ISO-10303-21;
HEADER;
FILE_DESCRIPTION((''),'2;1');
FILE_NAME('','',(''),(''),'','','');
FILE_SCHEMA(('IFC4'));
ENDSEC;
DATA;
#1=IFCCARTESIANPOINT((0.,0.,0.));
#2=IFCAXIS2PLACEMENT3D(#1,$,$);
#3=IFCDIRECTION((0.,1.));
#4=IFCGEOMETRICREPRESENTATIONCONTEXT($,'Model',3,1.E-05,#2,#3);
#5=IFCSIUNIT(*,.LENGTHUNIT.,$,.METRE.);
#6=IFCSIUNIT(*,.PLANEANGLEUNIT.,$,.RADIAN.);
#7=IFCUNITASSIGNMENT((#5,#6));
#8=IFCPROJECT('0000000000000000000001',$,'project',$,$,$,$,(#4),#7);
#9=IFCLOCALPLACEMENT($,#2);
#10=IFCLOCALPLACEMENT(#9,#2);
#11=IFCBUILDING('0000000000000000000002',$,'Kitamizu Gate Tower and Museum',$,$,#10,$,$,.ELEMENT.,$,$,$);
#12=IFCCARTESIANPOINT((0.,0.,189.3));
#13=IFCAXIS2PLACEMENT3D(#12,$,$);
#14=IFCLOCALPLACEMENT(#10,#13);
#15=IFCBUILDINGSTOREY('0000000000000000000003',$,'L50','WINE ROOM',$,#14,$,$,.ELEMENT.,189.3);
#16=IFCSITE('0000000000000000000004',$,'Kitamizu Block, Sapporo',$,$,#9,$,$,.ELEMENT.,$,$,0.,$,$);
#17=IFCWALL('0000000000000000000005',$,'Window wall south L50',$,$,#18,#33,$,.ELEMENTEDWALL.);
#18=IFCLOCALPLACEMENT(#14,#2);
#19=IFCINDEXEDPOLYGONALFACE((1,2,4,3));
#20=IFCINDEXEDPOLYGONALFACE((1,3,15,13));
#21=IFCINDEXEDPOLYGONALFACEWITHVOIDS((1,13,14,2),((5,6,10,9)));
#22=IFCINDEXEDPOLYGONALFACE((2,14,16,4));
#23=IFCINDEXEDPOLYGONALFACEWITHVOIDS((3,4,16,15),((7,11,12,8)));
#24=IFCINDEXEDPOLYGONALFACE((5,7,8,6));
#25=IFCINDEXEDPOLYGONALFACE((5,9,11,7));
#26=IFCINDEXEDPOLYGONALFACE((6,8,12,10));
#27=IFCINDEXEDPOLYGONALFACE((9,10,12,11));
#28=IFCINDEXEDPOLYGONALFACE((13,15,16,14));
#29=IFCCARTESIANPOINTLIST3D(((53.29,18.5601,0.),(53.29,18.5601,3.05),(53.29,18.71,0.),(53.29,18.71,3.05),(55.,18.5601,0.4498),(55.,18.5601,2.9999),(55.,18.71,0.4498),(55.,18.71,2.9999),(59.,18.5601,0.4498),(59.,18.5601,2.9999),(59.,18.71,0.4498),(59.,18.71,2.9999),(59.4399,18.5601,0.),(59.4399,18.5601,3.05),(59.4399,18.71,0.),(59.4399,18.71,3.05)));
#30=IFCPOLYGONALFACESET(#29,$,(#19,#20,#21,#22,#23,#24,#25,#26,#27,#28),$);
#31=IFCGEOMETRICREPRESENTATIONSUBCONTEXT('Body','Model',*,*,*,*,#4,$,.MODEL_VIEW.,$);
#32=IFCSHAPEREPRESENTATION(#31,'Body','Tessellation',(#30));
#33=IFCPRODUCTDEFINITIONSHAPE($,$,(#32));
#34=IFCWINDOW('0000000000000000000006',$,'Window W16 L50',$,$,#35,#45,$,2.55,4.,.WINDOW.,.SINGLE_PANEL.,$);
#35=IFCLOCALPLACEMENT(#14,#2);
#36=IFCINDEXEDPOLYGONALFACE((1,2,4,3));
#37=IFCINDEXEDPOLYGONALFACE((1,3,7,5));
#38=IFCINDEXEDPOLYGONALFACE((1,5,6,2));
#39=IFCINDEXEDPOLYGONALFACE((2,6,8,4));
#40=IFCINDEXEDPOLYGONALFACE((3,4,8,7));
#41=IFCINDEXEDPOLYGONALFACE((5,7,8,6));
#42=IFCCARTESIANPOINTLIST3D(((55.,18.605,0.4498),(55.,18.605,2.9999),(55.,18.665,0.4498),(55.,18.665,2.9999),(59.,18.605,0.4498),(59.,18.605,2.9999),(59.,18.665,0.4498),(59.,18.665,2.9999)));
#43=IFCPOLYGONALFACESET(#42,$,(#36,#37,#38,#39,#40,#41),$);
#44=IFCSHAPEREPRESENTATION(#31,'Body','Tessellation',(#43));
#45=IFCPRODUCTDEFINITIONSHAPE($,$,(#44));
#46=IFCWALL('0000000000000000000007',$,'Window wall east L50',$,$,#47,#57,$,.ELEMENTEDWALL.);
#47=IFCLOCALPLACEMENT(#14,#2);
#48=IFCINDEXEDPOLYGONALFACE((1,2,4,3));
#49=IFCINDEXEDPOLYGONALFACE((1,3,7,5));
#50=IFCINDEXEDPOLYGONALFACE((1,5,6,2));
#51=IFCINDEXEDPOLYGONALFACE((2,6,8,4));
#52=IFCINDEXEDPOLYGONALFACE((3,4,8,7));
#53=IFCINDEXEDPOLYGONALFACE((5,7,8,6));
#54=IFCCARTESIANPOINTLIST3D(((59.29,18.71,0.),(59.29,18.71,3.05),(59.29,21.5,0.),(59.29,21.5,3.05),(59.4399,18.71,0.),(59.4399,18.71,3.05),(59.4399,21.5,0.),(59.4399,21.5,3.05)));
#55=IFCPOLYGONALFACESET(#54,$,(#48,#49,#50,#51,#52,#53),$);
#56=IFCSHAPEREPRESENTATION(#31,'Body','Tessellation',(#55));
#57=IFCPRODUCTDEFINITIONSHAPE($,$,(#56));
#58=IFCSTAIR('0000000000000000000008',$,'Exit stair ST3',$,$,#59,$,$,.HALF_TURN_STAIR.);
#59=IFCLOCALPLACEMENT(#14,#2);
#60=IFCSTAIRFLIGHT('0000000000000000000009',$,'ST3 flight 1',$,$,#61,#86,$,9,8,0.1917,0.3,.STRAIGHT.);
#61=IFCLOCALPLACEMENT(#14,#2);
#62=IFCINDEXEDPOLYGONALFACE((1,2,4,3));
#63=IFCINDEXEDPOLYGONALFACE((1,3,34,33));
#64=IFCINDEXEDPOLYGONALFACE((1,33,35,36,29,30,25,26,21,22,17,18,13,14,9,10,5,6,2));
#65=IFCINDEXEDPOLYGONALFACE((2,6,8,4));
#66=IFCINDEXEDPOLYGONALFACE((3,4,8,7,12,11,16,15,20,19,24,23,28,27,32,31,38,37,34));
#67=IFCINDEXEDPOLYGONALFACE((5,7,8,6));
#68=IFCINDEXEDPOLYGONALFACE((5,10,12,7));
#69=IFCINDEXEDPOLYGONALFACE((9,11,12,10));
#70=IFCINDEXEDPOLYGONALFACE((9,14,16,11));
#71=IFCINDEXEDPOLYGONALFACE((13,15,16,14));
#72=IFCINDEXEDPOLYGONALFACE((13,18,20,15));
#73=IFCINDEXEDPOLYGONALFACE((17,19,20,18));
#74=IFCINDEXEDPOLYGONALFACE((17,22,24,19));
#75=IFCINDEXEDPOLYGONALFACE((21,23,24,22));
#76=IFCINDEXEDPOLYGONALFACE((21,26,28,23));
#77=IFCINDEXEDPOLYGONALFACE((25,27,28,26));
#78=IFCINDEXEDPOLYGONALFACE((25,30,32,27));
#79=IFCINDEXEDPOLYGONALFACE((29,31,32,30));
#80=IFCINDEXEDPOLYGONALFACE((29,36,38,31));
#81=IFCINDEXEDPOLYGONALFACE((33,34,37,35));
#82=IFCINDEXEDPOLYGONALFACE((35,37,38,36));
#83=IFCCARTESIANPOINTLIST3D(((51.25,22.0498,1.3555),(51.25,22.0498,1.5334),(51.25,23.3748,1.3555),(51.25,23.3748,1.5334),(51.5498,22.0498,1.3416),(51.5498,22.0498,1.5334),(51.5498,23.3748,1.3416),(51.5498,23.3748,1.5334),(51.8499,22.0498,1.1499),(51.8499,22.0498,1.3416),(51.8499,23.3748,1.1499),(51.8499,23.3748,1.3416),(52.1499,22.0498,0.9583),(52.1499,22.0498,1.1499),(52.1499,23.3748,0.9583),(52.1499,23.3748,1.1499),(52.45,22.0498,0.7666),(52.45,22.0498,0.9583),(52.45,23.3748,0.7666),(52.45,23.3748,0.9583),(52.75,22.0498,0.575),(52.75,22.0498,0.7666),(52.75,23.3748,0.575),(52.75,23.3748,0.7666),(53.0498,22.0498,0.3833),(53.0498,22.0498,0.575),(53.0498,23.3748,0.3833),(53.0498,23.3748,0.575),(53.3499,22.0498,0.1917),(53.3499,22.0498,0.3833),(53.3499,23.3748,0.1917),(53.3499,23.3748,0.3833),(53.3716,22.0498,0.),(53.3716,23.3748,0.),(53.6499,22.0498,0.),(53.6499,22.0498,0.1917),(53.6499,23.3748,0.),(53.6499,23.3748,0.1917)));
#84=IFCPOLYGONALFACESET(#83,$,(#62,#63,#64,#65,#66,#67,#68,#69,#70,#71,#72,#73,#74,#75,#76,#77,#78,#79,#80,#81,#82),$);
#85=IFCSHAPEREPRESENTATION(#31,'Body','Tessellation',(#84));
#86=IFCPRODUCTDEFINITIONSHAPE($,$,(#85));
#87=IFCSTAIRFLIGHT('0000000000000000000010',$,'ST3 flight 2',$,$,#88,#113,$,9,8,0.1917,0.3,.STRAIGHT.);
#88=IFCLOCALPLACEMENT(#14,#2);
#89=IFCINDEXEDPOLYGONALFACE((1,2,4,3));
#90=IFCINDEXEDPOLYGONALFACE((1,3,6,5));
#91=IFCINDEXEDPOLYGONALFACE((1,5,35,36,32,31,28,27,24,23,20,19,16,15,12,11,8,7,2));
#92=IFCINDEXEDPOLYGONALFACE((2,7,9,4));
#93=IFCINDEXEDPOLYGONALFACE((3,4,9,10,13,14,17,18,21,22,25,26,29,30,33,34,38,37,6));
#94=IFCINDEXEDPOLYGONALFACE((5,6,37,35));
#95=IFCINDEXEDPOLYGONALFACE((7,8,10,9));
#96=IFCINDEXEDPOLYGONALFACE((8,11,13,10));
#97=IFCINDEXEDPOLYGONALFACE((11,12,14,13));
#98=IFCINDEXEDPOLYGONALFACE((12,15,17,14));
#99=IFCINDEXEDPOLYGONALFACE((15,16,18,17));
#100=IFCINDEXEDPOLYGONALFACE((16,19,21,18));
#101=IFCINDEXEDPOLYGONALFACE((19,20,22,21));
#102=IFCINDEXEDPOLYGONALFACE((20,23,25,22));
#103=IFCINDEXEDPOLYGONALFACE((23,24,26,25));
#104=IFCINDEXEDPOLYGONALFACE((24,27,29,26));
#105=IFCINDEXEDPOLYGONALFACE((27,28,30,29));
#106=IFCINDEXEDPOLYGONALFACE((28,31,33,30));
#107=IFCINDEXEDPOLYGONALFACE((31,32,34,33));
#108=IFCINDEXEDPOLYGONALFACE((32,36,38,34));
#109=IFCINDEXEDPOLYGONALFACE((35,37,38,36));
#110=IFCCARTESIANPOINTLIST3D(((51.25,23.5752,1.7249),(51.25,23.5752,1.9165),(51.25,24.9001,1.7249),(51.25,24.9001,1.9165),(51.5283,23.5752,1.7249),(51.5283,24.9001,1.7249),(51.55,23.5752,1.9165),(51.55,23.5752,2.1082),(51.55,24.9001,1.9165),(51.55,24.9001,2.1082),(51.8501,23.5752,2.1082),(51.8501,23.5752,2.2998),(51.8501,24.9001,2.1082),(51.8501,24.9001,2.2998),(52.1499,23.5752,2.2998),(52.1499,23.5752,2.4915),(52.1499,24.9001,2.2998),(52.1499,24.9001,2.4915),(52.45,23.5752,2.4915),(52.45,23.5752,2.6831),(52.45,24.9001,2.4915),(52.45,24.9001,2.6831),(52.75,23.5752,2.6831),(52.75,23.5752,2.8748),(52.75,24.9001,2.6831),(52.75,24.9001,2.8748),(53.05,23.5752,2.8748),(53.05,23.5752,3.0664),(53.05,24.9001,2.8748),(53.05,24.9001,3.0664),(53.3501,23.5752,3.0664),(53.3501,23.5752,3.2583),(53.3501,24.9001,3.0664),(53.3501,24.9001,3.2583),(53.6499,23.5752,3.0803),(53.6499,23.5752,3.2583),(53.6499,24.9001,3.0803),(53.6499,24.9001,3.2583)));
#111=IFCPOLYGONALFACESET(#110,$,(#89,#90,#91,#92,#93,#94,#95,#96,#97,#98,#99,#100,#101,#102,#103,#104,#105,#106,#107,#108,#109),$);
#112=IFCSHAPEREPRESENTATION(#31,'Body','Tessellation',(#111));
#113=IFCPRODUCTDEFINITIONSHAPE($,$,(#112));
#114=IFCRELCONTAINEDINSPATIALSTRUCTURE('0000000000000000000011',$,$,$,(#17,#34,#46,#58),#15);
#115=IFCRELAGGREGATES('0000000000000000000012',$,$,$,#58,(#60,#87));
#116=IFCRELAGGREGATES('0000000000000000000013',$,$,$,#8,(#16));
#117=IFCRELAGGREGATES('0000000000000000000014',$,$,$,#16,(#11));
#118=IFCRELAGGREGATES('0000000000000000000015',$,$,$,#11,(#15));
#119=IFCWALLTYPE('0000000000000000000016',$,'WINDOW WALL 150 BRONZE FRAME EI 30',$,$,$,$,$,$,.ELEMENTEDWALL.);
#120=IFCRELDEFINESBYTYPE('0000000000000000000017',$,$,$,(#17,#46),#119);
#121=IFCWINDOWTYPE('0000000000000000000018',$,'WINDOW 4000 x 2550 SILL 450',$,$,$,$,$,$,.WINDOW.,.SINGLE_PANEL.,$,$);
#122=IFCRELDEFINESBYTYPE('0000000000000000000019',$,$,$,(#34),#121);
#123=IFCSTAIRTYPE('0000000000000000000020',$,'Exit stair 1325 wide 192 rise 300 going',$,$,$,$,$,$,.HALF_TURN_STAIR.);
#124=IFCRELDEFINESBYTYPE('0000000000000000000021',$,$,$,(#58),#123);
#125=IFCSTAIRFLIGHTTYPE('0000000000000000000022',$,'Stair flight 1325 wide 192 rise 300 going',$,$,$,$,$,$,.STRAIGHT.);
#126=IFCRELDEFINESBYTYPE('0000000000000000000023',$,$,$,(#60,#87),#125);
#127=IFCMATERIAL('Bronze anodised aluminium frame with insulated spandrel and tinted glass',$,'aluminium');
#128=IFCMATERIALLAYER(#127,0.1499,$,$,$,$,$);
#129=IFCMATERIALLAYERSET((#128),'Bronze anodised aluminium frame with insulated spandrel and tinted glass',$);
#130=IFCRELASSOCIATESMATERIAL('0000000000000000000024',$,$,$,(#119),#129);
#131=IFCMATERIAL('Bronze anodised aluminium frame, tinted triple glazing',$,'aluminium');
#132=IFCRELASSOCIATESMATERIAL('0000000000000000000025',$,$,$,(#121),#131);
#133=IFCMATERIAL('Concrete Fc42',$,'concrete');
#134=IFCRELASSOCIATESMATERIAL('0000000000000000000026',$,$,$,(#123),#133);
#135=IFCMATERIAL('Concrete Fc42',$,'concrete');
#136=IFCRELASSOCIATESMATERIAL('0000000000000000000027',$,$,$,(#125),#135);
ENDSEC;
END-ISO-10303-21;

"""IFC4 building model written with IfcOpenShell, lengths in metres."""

from ifc_helpers import new_model, si_unit, direction, frame, frame_2d, origin, place, context, subcontext, project, spatial, polyline, rectangle, outline, extrude, material, layer, layer_set, type_object, element, fill, aggregate, save


model = new_model("IFC4")

# Units and contexts
model_context = context("Model", 3, precision=1e-05, world=origin(), true_north=direction((0.0, 1.0)))
body_context = subcontext(model_context, "Body", "Model", "MODEL_VIEW")
ifc_project = project(units=[si_unit("LENGTHUNIT", "METRE"), si_unit("PLANEANGLEUNIT", "RADIAN")], contexts=[model_context])

# Site, building, storey
site_placement = place(None, origin())
site = spatial("IfcSite", under=ifc_project, at=site_placement, Name="Kitamizu Block, Sapporo", CompositionType="ELEMENT", RefElevation=0.0)
building_placement = place(site_placement, origin())
building = spatial("IfcBuilding", under=site, at=building_placement, Name="Kitamizu Gate Tower and Museum", CompositionType="ELEMENT")
storey_placement = place(building_placement, frame((0.0, 0.0, 189.3)))
storey = spatial("IfcBuildingStorey", under=building, at=storey_placement, Name="L50", Description="WINE ROOM", CompositionType="ELEMENT", Elevation=189.3)

# Wall, opening, window
ifc_material_1 = material(Name="Bronze anodised aluminium frame with insulated spandrel and tinted glass", Category="aluminium")
ifc_layer_1 = layer(ifc_material_1, 0.1499)
ifc_layer_set_1 = layer_set([ifc_layer_1], Name="Bronze anodised aluminium frame with insulated spandrel and tinted glass")
wall_type_1 = type_object("IfcWallType", Name="WINDOW WALL 150 BRONZE FRAME EI 30", PredefinedType="ELEMENTEDWALL", material=ifc_layer_set_1)
ifc_material_2 = material(Name="Bronze anodised aluminium frame, tinted triple glazing", Category="aluminium")
window_type = type_object("IfcWindowType", Name="WINDOW 4000 x 2550 SILL 450", PartitioningType="SINGLE_PANEL", PredefinedType="WINDOW", material=ifc_material_2)
wall_1_placement = place(storey_placement, frame((53.29, 18.635, 0.0), z_axis=(0.0, 0.0, 1.0), x_axis=(1.0, 0.0, 0.0)))
wall_1 = element("IfcWall", 1, at=wall_1_placement, inside=storey, type_object=wall_type_1, Name="Window wall south L50", PredefinedType="ELEMENTEDWALL", context=body_context, shape_type="SweptSolid", body=[
    extrude(rectangle(XDim=6.1499, YDim=0.1499, at=frame_2d((3.075, 0.0))), origin(), (0.0, 0.0, 1.0), 3.05),
])
opening_1_placement = place(wall_1_placement, frame((1.71, 0.0, 0.45)))
opening_1 = element("IfcOpeningElement", 2, at=opening_1_placement, cuts=wall_1, PredefinedType="OPENING", context=body_context, shape_type="SweptSolid", body=[
    extrude(rectangle(XDim=4.0, YDim=2.55, at=frame_2d((2.0, 1.2749))), frame((0.0, 0.085, 0.0), z_axis=(0.0, -1.0, 0.0), x_axis=(1.0, 0.0, 0.0)), (0.0, 0.0, 1.0), 0.1699),
])
window_1_placement = place(opening_1_placement, origin())
window_1 = element("IfcWindow", 3, at=window_1_placement, inside=storey, type_object=window_type, Name="Window W16 L50", OverallHeight=2.55, OverallWidth=4.0, PartitioningType="SINGLE_PANEL", PredefinedType="WINDOW", context=body_context, shape_type="SweptSolid", body=[
    extrude(rectangle(XDim=4.0, YDim=2.55, at=frame_2d((2.0, 1.2749))), frame((0.0, 0.03, 0.0), z_axis=(0.0, -1.0, 0.0), x_axis=(1.0, 0.0, 0.0)), (0.0, 0.0, 1.0), 0.0601),
])
fill(opening_1, window_1)

# Wall
wall_2_placement = place(storey_placement, frame((59.365, 18.71, 0.0), z_axis=(0.0, 0.0, 1.0), x_axis=(0.0, 1.0, 0.0)))
element("IfcWall", 4, at=wall_2_placement, inside=storey, type_object=wall_type_1, Name="Window wall east L50", PredefinedType="ELEMENTEDWALL", context=body_context, shape_type="SweptSolid", body=[
    extrude(rectangle(XDim=2.79, YDim=0.1499, at=frame_2d((1.395, 0.0))), origin(), (0.0, 0.0, 1.0), 3.05),
])

# Stair, stair flights
ifc_material_3 = material(Name="Concrete Fc42", Category="concrete")
stair_type = type_object("IfcStairType", Name="Exit stair 1325 wide 192 rise 300 going", PredefinedType="HALF_TURN_STAIR", material=ifc_material_3)
stair_placement = place(storey_placement, origin())
stair = element("IfcStair", 5, at=stair_placement, inside=storey, type_object=stair_type, Name="Exit stair ST3", PredefinedType="HALF_TURN_STAIR")
ifc_material_4 = material(Name="Concrete Fc42", Category="concrete")
stair_flight_type = type_object("IfcStairFlightType", Name="Stair flight 1325 wide 192 rise 300 going", PredefinedType="STRAIGHT", material=ifc_material_4)
stair_flight_1_placement = place(storey_placement, frame((53.6499, 22.7124, 0.0), z_axis=(0.0, 0.0, 1.0), x_axis=(-1.0, 0.0, 0.0)))
stair_flight_1 = element("IfcStairFlight", 6, at=stair_flight_1_placement, type_object=stair_flight_type, Name="ST3 flight 1", NumberOfRisers=9, NumberOfTreads=8, PredefinedType="STRAIGHT", RiserHeight=0.1917, TreadLength=0.3, context=body_context, shape_type="SweptSolid", body=[
    extrude(outline(polyline([(0.0, 0.0), (0.0, 0.1917), (0.3, 0.1917), (0.3, 0.3833), (0.6001, 0.3833), (0.6001, 0.575), (0.8999, 0.575), (0.8999, 0.7666), (1.2, 0.7666), (1.2, 0.9583), (1.5, 0.9583), (1.5, 1.1499), (1.8, 1.1499), (1.8, 1.3416), (2.1001, 1.3416), (2.1001, 1.5334), (2.3999, 1.5334), (2.3999, 1.7251), (2.3999, 1.3555), (0.2783, 0.0), (0.0, 0.0)])), frame((0.0, 0.6626, 0.0), z_axis=(0.0, -1.0, 0.0), x_axis=(1.0, 0.0, 0.0)), (0.0, 0.0, 1.0), 1.325),
])
stair_flight_2_placement = place(storey_placement, frame((51.25, 24.2375, 1.7249), z_axis=(0.0, 0.0, 1.0), x_axis=(1.0, 0.0, 0.0)))
stair_flight_2 = element("IfcStairFlight", 7, at=stair_flight_2_placement, type_object=stair_flight_type, Name="ST3 flight 2", NumberOfRisers=9, NumberOfTreads=8, PredefinedType="STRAIGHT", RiserHeight=0.1917, TreadLength=0.3, context=body_context, shape_type="SweptSolid", body=[
    extrude(outline(polyline([(0.0, 0.0), (0.0, 0.1917), (0.3, 0.1917), (0.3, 0.3833), (0.6001, 0.3833), (0.6001, 0.575), (0.8999, 0.575), (0.8999, 0.7666), (1.2, 0.7666), (1.2, 0.9583), (1.5, 0.9583), (1.5, 1.1499), (1.8, 1.1499), (1.8, 1.3416), (2.1001, 1.3416), (2.1001, 1.5334), (2.3999, 1.5334), (2.3999, 1.7251), (2.3999, 1.3555), (0.2783, 0.0), (0.0, 0.0)])), frame((0.0, 0.6626, 0.0), z_axis=(0.0, -1.0, 0.0), x_axis=(1.0, 0.0, 0.0)), (0.0, 0.0, 1.0), 1.325),
])
aggregate(stair, [stair_flight_1, stair_flight_2])

save(model, "model.ifc")
